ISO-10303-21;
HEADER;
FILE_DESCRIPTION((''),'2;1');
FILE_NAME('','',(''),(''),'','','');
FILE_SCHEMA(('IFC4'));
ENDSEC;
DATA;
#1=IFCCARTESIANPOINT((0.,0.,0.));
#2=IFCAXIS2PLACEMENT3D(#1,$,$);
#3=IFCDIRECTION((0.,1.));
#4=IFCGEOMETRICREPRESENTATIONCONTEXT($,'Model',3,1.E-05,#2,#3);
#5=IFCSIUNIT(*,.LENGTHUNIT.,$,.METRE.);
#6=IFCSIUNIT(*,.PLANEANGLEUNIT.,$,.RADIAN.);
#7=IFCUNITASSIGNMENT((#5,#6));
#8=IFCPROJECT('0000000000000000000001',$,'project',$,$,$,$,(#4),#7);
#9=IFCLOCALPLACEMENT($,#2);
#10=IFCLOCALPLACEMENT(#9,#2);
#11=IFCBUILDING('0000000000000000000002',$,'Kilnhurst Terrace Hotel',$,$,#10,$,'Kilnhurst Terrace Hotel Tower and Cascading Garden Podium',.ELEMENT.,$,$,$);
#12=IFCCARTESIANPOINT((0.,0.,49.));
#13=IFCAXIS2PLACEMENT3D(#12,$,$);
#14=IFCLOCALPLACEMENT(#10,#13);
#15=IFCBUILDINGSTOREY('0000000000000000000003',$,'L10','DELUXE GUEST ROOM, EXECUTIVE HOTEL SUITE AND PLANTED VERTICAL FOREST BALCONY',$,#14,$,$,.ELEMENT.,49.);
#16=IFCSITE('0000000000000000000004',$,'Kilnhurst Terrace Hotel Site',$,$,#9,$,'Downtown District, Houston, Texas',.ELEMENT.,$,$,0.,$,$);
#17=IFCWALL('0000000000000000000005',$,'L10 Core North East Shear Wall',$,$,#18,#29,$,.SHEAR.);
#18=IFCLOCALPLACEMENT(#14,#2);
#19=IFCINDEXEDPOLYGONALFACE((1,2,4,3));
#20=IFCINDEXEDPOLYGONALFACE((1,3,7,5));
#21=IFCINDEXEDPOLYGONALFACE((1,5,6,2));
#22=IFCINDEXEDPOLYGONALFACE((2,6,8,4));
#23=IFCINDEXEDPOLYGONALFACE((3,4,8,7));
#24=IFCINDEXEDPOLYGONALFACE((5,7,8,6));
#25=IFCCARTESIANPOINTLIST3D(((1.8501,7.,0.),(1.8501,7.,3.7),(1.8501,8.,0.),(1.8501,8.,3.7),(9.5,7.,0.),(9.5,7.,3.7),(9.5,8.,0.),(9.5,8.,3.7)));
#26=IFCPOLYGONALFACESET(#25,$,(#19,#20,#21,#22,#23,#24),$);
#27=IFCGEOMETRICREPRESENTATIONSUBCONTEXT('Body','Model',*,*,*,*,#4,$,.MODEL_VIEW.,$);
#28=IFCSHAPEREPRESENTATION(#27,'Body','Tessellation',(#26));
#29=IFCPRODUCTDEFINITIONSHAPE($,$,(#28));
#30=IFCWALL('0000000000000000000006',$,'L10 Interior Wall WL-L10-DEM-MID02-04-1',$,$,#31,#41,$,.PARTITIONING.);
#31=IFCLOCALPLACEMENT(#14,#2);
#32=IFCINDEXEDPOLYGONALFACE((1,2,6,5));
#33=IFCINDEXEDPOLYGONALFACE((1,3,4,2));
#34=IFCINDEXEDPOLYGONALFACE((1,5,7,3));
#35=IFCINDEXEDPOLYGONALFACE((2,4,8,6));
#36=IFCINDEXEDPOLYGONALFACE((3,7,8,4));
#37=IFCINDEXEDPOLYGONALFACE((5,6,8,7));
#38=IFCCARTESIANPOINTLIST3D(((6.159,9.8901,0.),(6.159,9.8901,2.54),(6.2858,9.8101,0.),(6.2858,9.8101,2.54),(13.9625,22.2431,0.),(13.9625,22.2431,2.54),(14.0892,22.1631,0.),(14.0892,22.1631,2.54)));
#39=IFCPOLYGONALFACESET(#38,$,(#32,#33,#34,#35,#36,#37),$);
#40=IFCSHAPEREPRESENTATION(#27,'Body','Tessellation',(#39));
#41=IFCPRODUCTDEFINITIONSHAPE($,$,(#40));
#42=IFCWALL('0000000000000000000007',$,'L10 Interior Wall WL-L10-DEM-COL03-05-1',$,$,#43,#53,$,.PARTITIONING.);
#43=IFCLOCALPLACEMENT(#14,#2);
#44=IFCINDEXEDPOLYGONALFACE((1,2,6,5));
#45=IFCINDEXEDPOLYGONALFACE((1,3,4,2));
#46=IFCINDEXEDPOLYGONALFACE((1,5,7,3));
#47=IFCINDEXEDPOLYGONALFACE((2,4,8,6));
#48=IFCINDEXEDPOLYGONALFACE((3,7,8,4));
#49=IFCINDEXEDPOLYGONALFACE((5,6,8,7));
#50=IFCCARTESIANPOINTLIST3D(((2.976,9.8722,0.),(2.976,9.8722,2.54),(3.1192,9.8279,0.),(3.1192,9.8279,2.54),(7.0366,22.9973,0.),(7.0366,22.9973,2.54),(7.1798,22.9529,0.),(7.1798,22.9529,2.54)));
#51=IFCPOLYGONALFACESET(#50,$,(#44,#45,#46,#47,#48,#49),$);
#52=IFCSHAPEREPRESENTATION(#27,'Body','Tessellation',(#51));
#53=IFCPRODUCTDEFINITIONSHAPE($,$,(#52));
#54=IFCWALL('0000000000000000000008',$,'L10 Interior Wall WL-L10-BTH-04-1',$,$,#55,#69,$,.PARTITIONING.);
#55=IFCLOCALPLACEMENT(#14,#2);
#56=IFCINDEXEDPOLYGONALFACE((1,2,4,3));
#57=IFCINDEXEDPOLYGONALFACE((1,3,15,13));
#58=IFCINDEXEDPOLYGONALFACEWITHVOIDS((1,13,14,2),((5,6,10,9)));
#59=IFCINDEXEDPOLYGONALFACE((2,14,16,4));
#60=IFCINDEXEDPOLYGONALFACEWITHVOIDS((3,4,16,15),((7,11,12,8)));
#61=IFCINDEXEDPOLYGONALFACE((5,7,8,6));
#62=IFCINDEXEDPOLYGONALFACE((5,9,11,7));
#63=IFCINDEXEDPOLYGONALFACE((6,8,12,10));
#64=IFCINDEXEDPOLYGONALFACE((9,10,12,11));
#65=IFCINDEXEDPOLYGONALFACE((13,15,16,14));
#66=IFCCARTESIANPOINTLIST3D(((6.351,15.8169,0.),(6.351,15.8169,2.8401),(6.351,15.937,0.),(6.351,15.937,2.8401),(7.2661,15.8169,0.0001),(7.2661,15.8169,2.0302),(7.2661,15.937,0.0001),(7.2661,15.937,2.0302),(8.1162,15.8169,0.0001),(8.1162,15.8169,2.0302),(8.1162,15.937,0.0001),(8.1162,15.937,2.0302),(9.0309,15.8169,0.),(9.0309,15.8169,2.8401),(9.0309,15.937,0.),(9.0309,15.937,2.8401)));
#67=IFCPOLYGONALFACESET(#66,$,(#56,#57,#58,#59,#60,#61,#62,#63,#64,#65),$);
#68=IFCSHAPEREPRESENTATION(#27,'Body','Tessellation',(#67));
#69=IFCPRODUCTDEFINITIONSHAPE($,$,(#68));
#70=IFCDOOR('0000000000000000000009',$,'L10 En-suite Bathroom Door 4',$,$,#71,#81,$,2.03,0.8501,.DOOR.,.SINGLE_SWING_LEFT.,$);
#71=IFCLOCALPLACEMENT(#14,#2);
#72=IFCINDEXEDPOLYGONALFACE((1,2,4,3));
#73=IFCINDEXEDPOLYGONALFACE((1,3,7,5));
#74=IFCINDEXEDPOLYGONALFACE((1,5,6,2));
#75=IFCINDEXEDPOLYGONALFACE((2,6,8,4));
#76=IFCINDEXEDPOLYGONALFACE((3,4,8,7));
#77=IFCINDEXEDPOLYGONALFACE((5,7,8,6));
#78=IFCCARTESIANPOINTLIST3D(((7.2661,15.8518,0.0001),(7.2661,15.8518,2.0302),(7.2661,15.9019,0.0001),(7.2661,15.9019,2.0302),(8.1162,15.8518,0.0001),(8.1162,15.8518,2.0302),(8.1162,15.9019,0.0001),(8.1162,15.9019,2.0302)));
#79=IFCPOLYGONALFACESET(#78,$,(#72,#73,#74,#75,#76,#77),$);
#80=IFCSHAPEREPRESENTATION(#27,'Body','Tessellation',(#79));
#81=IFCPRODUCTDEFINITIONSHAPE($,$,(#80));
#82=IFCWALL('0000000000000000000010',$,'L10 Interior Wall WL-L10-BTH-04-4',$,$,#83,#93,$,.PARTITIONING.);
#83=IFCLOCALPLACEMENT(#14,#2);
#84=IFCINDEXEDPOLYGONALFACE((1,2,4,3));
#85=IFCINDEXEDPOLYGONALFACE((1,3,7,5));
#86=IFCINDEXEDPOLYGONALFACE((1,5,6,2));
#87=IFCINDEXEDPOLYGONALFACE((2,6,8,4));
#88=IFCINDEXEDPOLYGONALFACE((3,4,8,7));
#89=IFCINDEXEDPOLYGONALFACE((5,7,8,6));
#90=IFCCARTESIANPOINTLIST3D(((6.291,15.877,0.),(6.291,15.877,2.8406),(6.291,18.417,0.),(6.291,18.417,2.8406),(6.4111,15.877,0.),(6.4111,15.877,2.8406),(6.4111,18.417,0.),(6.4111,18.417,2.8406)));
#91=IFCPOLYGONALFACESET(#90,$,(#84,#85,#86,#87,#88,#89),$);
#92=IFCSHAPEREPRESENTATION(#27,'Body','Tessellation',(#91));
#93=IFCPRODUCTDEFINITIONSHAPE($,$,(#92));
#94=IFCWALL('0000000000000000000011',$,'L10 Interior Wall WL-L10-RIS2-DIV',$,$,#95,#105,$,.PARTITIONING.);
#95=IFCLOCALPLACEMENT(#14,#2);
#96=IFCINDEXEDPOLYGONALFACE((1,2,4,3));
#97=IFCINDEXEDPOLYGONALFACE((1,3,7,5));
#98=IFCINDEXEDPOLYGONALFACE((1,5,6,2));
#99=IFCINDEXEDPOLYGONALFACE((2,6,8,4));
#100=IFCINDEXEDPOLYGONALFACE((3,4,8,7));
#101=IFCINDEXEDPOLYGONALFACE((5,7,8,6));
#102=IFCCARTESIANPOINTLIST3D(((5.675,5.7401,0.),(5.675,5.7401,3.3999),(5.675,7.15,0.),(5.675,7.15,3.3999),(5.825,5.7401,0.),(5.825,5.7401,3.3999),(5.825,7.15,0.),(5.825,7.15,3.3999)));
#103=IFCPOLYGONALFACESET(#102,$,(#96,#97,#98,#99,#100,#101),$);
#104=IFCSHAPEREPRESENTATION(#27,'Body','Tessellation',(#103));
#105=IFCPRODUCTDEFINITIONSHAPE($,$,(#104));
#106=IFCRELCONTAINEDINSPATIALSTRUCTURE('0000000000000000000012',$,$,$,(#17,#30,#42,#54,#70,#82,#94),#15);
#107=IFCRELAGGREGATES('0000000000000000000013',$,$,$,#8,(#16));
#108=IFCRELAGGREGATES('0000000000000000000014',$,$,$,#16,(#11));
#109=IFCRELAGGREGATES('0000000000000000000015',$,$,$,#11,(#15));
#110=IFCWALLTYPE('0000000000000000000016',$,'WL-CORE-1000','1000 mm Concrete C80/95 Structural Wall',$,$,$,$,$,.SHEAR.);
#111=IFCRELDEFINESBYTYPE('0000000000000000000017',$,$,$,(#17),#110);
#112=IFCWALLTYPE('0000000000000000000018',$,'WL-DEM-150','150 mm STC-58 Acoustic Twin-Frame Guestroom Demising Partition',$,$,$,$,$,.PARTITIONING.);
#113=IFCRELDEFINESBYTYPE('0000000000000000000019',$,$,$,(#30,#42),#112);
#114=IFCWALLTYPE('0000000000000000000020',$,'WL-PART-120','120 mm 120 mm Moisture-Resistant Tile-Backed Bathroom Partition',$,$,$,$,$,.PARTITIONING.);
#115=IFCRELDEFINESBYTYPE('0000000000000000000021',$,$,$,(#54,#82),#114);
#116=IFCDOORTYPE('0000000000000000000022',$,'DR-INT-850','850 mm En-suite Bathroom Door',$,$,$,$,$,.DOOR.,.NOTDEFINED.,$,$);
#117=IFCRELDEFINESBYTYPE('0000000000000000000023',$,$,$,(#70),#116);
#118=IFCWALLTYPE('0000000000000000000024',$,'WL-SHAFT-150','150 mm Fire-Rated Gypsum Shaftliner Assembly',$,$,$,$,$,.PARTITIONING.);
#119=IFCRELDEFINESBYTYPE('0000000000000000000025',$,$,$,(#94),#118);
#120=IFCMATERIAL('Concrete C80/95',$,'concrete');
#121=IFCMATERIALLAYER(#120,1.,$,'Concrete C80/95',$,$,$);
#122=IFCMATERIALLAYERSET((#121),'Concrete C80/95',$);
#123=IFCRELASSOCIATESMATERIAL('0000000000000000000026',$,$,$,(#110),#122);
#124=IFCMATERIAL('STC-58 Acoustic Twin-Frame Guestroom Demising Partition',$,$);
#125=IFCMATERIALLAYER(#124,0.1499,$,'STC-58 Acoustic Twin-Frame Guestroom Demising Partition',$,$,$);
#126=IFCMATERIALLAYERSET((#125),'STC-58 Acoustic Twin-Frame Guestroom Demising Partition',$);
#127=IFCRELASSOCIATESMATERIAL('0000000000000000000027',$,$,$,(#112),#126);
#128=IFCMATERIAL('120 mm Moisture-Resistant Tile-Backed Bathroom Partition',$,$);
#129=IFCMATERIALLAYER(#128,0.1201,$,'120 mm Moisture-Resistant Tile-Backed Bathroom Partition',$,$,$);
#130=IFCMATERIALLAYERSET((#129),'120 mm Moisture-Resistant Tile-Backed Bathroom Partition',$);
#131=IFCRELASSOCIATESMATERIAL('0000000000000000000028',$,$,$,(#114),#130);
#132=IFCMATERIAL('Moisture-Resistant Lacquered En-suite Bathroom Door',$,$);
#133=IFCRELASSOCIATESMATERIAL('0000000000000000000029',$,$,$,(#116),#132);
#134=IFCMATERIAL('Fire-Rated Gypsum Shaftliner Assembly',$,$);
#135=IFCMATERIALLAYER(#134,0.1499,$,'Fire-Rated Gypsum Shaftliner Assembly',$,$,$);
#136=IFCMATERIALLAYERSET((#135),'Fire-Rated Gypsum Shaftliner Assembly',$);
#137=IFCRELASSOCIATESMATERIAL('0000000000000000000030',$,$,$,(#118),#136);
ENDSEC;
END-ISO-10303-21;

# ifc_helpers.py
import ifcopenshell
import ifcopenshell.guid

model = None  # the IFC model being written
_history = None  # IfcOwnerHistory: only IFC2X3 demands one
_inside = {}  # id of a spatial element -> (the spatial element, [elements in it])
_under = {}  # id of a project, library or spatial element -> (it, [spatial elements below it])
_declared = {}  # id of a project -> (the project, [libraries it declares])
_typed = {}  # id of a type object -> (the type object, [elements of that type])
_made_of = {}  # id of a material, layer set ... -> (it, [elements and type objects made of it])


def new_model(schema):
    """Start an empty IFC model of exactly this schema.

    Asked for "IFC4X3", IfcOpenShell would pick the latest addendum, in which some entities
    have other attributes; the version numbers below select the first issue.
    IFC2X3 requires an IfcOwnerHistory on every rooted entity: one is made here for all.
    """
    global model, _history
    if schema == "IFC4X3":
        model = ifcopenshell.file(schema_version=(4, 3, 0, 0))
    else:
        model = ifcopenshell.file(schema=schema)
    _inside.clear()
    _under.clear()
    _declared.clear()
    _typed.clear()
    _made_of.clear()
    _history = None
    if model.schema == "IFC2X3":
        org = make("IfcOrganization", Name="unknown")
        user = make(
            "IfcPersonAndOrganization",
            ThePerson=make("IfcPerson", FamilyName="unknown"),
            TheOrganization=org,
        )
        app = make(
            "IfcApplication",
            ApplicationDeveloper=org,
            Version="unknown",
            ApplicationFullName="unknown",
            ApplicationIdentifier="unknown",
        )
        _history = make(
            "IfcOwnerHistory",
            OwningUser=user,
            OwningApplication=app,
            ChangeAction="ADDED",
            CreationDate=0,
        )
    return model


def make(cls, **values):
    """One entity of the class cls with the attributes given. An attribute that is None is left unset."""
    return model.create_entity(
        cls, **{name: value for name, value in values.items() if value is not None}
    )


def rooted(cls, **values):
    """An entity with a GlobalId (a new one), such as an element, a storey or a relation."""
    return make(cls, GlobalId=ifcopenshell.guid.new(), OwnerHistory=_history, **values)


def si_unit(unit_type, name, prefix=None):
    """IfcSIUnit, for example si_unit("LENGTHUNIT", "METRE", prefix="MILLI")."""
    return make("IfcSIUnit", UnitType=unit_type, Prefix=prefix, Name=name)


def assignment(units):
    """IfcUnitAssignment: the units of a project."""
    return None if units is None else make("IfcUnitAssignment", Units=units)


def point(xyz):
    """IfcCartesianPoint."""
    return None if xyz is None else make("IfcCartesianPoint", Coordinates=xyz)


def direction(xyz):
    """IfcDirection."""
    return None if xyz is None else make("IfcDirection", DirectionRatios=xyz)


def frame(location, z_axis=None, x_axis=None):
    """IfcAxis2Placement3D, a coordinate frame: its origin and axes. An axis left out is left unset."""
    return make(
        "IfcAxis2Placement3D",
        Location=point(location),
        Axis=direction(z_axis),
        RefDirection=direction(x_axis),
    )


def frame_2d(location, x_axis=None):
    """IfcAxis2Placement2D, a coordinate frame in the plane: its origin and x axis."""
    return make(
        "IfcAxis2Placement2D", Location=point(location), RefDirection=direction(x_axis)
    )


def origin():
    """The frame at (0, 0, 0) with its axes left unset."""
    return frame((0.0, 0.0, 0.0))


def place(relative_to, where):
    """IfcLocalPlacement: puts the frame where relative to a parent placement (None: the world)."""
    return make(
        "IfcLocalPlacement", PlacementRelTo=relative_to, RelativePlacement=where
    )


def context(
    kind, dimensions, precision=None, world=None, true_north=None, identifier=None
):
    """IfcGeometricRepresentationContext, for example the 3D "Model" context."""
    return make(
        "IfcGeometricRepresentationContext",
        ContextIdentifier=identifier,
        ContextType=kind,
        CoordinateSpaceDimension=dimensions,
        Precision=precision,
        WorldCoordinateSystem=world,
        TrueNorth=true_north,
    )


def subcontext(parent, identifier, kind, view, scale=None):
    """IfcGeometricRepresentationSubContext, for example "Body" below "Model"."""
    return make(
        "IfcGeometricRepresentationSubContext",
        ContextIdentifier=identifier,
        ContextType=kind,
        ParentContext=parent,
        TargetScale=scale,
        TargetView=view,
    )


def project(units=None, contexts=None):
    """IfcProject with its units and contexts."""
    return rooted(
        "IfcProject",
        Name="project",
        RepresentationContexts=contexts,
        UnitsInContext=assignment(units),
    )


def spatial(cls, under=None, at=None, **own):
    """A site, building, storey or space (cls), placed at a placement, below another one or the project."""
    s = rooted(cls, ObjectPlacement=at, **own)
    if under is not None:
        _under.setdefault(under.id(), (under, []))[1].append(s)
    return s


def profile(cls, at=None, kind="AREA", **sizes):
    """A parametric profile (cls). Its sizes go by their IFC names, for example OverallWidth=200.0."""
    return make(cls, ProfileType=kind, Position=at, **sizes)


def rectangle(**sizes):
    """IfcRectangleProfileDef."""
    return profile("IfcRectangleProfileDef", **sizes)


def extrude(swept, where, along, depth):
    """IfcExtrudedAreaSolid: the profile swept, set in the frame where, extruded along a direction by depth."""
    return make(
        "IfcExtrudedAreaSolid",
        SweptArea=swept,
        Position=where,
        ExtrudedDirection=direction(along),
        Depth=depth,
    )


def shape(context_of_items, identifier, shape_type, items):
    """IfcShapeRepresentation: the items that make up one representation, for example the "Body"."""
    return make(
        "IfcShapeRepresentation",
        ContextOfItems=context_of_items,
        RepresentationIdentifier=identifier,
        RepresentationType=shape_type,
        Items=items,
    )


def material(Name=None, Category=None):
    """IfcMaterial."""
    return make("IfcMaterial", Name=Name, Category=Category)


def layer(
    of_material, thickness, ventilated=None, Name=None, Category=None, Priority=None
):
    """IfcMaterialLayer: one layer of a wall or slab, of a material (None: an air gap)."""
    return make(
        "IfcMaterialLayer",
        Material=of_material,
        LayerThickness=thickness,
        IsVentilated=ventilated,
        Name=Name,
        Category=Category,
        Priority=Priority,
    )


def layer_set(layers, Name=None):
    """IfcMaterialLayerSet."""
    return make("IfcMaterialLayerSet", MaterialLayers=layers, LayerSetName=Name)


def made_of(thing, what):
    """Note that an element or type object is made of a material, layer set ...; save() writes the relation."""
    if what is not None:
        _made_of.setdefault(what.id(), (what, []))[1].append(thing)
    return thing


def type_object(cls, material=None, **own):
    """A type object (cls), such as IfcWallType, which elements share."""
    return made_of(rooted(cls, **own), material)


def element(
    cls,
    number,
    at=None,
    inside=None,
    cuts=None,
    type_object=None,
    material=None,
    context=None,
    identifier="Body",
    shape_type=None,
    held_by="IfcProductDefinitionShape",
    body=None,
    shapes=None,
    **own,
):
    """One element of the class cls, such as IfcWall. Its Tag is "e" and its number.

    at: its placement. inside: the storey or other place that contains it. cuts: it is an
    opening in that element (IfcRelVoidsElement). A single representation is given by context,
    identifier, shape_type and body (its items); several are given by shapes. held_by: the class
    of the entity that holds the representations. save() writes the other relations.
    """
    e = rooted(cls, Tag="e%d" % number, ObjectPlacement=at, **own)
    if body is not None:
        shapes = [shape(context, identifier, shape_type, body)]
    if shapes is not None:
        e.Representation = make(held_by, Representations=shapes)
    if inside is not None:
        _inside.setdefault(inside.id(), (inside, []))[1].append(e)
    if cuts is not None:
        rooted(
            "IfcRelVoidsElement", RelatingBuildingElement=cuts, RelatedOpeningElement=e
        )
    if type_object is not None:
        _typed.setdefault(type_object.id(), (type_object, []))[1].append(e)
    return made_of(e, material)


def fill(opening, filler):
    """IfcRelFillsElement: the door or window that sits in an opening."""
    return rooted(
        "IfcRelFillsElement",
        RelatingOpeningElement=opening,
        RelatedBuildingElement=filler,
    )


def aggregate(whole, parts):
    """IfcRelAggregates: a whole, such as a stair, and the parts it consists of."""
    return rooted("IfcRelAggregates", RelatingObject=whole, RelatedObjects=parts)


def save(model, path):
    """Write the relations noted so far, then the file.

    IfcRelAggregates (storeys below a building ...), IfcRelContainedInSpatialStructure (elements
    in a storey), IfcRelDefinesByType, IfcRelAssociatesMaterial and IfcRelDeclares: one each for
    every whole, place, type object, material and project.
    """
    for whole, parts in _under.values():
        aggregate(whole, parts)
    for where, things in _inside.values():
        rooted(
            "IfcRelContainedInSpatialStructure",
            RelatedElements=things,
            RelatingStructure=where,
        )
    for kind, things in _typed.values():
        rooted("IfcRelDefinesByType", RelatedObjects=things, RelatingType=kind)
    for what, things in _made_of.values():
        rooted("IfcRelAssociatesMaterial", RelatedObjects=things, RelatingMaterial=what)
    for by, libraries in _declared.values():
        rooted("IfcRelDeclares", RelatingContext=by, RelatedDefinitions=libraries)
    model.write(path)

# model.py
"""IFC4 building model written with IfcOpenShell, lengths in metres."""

from ifc_helpers import new_model, si_unit, direction, frame, frame_2d, origin, place, context, subcontext, project, spatial, rectangle, extrude, material, layer, layer_set, type_object, element, fill, save


model = new_model("IFC4")

# Units and contexts
model_context = context("Model", 3, precision=1e-05, world=origin(), true_north=direction((0.0, 1.0)))
body_context = subcontext(model_context, "Body", "Model", "MODEL_VIEW")
ifc_project = project(units=[si_unit("LENGTHUNIT", "METRE"), si_unit("PLANEANGLEUNIT", "RADIAN")], contexts=[model_context])

# Site, building, storey
site_placement = place(None, origin())
site = spatial("IfcSite", under=ifc_project, at=site_placement, Name="Kilnhurst Terrace Hotel Site", LongName="Downtown District, Houston, Texas", CompositionType="ELEMENT", RefElevation=0.0)
building_placement = place(site_placement, origin())
building = spatial("IfcBuilding", under=site, at=building_placement, Name="Kilnhurst Terrace Hotel", LongName="Kilnhurst Terrace Hotel Tower and Cascading Garden Podium", CompositionType="ELEMENT")
storey_placement = place(building_placement, frame((0.0, 0.0, 49.0)))
storey = spatial("IfcBuildingStorey", under=building, at=storey_placement, Name="L10", Description="DELUXE GUEST ROOM, EXECUTIVE HOTEL SUITE AND PLANTED VERTICAL FOREST BALCONY", CompositionType="ELEMENT", Elevation=49.0)

# Shared definitions
ifc_material_1 = material(Name="Concrete C80/95", Category="concrete")

# Walls
ifc_layer_1 = layer(ifc_material_1, 1.0, Name="Concrete C80/95")
ifc_layer_set_1 = layer_set([ifc_layer_1], Name="Concrete C80/95")
wall_type_1 = type_object("IfcWallType", Name="WL-CORE-1000", Description="1000 mm Concrete C80/95 Structural Wall", PredefinedType="SHEAR", material=ifc_layer_set_1)
wall_1_placement = place(storey_placement, frame((1.8501, 7.5, 0.0), z_axis=(0.0, 0.0, 1.0), x_axis=(1.0, 0.0, 0.0)))
element("IfcWall", 1, at=wall_1_placement, inside=storey, type_object=wall_type_1, Name="L10 Core North East Shear Wall", PredefinedType="SHEAR", context=body_context, shape_type="SweptSolid", body=[
    extrude(rectangle(XDim=7.6499, YDim=1.0, at=frame_2d((3.825, 0.0))), origin(), (0.0, 0.0, 1.0), 3.7),
])
ifc_material_2 = material(Name="STC-58 Acoustic Twin-Frame Guestroom Demising Partition")
ifc_layer_2 = layer(ifc_material_2, 0.1499, Name="STC-58 Acoustic Twin-Frame Guestroom Demising Partition")
ifc_layer_set_2 = layer_set([ifc_layer_2], Name="STC-58 Acoustic Twin-Frame Guestroom Demising Partition")
wall_type_2 = type_object("IfcWallType", Name="WL-DEM-150", Description="150 mm STC-58 Acoustic Twin-Frame Guestroom Demising Partition", PredefinedType="PARTITIONING", material=ifc_layer_set_2)
wall_2_placement = place(storey_placement, frame((6.2224, 9.8501, 0.0), z_axis=(0.0, 0.0, 1.0), x_axis=(0.534069, 0.845441, 0.0)))
element("IfcWall", 2, at=wall_2_placement, inside=storey, type_object=wall_type_2, Name="L10 Interior Wall WL-L10-DEM-MID02-04-1", PredefinedType="PARTITIONING", context=body_context, shape_type="SweptSolid", body=[
    extrude(rectangle(XDim=14.6113, YDim=0.1499, at=frame_2d((7.3057, 0.0))), origin(), (0.0, 0.0, 1.0), 2.54),
])
wall_3_placement = place(storey_placement, frame((3.0476, 9.8501, 0.0), z_axis=(0.0, 0.0, 1.0), x_axis=(0.295554, 0.955326, 0.0)))
element("IfcWall", 3, at=wall_3_placement, inside=storey, type_object=wall_type_2, Name="L10 Interior Wall WL-L10-DEM-COL03-05-1", PredefinedType="PARTITIONING", context=body_context, shape_type="SweptSolid", body=[
    extrude(rectangle(XDim=13.7388, YDim=0.1499, at=frame_2d((6.8694, 0.0))), origin(), (0.0, 0.0, 1.0), 2.54),
])

# Wall, opening, door
ifc_material_3 = material(Name="120 mm Moisture-Resistant Tile-Backed Bathroom Partition")
ifc_layer_3 = layer(ifc_material_3, 0.1201, Name="120 mm Moisture-Resistant Tile-Backed Bathroom Partition")
ifc_layer_set_3 = layer_set([ifc_layer_3], Name="120 mm Moisture-Resistant Tile-Backed Bathroom Partition")
wall_type_3 = type_object("IfcWallType", Name="WL-PART-120", Description="120 mm 120 mm Moisture-Resistant Tile-Backed Bathroom Partition", PredefinedType="PARTITIONING", material=ifc_layer_set_3)
wall_4_placement = place(storey_placement, frame((6.3511, 15.877, 0.0), z_axis=(0.0, 0.0, 1.0), x_axis=(1.0, 0.0, 0.0)))
wall_4 = element("IfcWall", 4, at=wall_4_placement, inside=storey, type_object=wall_type_3, Name="L10 Interior Wall WL-L10-BTH-04-1", PredefinedType="PARTITIONING", context=body_context, shape_type="SweptSolid", body=[
    extrude(rectangle(XDim=2.6799, YDim=0.1201, at=frame_2d((1.3398, 0.0))), origin(), (0.0, 0.0, 1.0), 2.8401),
])
opening_placement = place(wall_4_placement, frame((0.915, 0.0, 0.0)))
opening = element("IfcOpeningElement", 5, at=opening_placement, cuts=wall_4, PredefinedType="OPENING", context=body_context, shape_type="SweptSolid", body=[
    extrude(rectangle(XDim=0.8501, YDim=2.03, at=frame_2d((0.425, 1.0151))), frame((0.0, 0.0701, 0.0), z_axis=(0.0, -1.0, 0.0), x_axis=(1.0, 0.0, 0.0)), (0.0, 0.0, 1.0), 0.1401),
])
ifc_material_4 = material(Name="Moisture-Resistant Lacquered En-suite Bathroom Door")
door_type = type_object("IfcDoorType", Name="DR-INT-850", Description="850 mm En-suite Bathroom Door", OperationType="NOTDEFINED", PredefinedType="DOOR", material=ifc_material_4)
door_placement = place(opening_placement, origin())
door = element("IfcDoor", 6, at=door_placement, inside=storey, type_object=door_type, Name="L10 En-suite Bathroom Door 4", OperationType="SINGLE_SWING_LEFT", OverallHeight=2.03, OverallWidth=0.8501, PredefinedType="DOOR", context=body_context, shape_type="SweptSolid", body=[
    extrude(rectangle(XDim=0.8501, YDim=2.03, at=frame_2d((0.425, 1.0151))), frame((0.0, 0.0249, 0.0), z_axis=(0.0, -1.0, 0.0), x_axis=(1.0, 0.0, 0.0)), (0.0, 0.0, 1.0), 0.05),
])
fill(opening, door)

# Walls
wall_5_placement = place(storey_placement, frame((6.3511, 18.417, 0.0), z_axis=(0.0, 0.0, 1.0), x_axis=(0.0, -1.0, 0.0)))
element("IfcWall", 7, at=wall_5_placement, inside=storey, type_object=wall_type_3, Name="L10 Interior Wall WL-L10-BTH-04-4", PredefinedType="PARTITIONING", context=body_context, shape_type="SweptSolid", body=[
    extrude(rectangle(XDim=2.54, YDim=0.1201, at=frame_2d((1.27, 0.0))), origin(), (0.0, 0.0, 1.0), 2.8406),
])
ifc_material_5 = material(Name="Fire-Rated Gypsum Shaftliner Assembly")
ifc_layer_4 = layer(ifc_material_5, 0.1499, Name="Fire-Rated Gypsum Shaftliner Assembly")
ifc_layer_set_4 = layer_set([ifc_layer_4], Name="Fire-Rated Gypsum Shaftliner Assembly")
wall_type_4 = type_object("IfcWallType", Name="WL-SHAFT-150", Description="150 mm Fire-Rated Gypsum Shaftliner Assembly", PredefinedType="PARTITIONING", material=ifc_layer_set_4)
wall_6_placement = place(storey_placement, frame((5.75, 5.74, 0.0), z_axis=(0.0, 0.0, 1.0), x_axis=(0.0, 1.0, 0.0)))
element("IfcWall", 8, at=wall_6_placement, inside=storey, type_object=wall_type_4, Name="L10 Interior Wall WL-L10-RIS2-DIV", PredefinedType="PARTITIONING", context=body_context, shape_type="SweptSolid", body=[
    extrude(rectangle(XDim=1.4099, YDim=0.1499, at=frame_2d((0.7051, 0.0))), origin(), (0.0, 0.0, 1.0), 3.3999),
])

save(model, "model.ifc")
